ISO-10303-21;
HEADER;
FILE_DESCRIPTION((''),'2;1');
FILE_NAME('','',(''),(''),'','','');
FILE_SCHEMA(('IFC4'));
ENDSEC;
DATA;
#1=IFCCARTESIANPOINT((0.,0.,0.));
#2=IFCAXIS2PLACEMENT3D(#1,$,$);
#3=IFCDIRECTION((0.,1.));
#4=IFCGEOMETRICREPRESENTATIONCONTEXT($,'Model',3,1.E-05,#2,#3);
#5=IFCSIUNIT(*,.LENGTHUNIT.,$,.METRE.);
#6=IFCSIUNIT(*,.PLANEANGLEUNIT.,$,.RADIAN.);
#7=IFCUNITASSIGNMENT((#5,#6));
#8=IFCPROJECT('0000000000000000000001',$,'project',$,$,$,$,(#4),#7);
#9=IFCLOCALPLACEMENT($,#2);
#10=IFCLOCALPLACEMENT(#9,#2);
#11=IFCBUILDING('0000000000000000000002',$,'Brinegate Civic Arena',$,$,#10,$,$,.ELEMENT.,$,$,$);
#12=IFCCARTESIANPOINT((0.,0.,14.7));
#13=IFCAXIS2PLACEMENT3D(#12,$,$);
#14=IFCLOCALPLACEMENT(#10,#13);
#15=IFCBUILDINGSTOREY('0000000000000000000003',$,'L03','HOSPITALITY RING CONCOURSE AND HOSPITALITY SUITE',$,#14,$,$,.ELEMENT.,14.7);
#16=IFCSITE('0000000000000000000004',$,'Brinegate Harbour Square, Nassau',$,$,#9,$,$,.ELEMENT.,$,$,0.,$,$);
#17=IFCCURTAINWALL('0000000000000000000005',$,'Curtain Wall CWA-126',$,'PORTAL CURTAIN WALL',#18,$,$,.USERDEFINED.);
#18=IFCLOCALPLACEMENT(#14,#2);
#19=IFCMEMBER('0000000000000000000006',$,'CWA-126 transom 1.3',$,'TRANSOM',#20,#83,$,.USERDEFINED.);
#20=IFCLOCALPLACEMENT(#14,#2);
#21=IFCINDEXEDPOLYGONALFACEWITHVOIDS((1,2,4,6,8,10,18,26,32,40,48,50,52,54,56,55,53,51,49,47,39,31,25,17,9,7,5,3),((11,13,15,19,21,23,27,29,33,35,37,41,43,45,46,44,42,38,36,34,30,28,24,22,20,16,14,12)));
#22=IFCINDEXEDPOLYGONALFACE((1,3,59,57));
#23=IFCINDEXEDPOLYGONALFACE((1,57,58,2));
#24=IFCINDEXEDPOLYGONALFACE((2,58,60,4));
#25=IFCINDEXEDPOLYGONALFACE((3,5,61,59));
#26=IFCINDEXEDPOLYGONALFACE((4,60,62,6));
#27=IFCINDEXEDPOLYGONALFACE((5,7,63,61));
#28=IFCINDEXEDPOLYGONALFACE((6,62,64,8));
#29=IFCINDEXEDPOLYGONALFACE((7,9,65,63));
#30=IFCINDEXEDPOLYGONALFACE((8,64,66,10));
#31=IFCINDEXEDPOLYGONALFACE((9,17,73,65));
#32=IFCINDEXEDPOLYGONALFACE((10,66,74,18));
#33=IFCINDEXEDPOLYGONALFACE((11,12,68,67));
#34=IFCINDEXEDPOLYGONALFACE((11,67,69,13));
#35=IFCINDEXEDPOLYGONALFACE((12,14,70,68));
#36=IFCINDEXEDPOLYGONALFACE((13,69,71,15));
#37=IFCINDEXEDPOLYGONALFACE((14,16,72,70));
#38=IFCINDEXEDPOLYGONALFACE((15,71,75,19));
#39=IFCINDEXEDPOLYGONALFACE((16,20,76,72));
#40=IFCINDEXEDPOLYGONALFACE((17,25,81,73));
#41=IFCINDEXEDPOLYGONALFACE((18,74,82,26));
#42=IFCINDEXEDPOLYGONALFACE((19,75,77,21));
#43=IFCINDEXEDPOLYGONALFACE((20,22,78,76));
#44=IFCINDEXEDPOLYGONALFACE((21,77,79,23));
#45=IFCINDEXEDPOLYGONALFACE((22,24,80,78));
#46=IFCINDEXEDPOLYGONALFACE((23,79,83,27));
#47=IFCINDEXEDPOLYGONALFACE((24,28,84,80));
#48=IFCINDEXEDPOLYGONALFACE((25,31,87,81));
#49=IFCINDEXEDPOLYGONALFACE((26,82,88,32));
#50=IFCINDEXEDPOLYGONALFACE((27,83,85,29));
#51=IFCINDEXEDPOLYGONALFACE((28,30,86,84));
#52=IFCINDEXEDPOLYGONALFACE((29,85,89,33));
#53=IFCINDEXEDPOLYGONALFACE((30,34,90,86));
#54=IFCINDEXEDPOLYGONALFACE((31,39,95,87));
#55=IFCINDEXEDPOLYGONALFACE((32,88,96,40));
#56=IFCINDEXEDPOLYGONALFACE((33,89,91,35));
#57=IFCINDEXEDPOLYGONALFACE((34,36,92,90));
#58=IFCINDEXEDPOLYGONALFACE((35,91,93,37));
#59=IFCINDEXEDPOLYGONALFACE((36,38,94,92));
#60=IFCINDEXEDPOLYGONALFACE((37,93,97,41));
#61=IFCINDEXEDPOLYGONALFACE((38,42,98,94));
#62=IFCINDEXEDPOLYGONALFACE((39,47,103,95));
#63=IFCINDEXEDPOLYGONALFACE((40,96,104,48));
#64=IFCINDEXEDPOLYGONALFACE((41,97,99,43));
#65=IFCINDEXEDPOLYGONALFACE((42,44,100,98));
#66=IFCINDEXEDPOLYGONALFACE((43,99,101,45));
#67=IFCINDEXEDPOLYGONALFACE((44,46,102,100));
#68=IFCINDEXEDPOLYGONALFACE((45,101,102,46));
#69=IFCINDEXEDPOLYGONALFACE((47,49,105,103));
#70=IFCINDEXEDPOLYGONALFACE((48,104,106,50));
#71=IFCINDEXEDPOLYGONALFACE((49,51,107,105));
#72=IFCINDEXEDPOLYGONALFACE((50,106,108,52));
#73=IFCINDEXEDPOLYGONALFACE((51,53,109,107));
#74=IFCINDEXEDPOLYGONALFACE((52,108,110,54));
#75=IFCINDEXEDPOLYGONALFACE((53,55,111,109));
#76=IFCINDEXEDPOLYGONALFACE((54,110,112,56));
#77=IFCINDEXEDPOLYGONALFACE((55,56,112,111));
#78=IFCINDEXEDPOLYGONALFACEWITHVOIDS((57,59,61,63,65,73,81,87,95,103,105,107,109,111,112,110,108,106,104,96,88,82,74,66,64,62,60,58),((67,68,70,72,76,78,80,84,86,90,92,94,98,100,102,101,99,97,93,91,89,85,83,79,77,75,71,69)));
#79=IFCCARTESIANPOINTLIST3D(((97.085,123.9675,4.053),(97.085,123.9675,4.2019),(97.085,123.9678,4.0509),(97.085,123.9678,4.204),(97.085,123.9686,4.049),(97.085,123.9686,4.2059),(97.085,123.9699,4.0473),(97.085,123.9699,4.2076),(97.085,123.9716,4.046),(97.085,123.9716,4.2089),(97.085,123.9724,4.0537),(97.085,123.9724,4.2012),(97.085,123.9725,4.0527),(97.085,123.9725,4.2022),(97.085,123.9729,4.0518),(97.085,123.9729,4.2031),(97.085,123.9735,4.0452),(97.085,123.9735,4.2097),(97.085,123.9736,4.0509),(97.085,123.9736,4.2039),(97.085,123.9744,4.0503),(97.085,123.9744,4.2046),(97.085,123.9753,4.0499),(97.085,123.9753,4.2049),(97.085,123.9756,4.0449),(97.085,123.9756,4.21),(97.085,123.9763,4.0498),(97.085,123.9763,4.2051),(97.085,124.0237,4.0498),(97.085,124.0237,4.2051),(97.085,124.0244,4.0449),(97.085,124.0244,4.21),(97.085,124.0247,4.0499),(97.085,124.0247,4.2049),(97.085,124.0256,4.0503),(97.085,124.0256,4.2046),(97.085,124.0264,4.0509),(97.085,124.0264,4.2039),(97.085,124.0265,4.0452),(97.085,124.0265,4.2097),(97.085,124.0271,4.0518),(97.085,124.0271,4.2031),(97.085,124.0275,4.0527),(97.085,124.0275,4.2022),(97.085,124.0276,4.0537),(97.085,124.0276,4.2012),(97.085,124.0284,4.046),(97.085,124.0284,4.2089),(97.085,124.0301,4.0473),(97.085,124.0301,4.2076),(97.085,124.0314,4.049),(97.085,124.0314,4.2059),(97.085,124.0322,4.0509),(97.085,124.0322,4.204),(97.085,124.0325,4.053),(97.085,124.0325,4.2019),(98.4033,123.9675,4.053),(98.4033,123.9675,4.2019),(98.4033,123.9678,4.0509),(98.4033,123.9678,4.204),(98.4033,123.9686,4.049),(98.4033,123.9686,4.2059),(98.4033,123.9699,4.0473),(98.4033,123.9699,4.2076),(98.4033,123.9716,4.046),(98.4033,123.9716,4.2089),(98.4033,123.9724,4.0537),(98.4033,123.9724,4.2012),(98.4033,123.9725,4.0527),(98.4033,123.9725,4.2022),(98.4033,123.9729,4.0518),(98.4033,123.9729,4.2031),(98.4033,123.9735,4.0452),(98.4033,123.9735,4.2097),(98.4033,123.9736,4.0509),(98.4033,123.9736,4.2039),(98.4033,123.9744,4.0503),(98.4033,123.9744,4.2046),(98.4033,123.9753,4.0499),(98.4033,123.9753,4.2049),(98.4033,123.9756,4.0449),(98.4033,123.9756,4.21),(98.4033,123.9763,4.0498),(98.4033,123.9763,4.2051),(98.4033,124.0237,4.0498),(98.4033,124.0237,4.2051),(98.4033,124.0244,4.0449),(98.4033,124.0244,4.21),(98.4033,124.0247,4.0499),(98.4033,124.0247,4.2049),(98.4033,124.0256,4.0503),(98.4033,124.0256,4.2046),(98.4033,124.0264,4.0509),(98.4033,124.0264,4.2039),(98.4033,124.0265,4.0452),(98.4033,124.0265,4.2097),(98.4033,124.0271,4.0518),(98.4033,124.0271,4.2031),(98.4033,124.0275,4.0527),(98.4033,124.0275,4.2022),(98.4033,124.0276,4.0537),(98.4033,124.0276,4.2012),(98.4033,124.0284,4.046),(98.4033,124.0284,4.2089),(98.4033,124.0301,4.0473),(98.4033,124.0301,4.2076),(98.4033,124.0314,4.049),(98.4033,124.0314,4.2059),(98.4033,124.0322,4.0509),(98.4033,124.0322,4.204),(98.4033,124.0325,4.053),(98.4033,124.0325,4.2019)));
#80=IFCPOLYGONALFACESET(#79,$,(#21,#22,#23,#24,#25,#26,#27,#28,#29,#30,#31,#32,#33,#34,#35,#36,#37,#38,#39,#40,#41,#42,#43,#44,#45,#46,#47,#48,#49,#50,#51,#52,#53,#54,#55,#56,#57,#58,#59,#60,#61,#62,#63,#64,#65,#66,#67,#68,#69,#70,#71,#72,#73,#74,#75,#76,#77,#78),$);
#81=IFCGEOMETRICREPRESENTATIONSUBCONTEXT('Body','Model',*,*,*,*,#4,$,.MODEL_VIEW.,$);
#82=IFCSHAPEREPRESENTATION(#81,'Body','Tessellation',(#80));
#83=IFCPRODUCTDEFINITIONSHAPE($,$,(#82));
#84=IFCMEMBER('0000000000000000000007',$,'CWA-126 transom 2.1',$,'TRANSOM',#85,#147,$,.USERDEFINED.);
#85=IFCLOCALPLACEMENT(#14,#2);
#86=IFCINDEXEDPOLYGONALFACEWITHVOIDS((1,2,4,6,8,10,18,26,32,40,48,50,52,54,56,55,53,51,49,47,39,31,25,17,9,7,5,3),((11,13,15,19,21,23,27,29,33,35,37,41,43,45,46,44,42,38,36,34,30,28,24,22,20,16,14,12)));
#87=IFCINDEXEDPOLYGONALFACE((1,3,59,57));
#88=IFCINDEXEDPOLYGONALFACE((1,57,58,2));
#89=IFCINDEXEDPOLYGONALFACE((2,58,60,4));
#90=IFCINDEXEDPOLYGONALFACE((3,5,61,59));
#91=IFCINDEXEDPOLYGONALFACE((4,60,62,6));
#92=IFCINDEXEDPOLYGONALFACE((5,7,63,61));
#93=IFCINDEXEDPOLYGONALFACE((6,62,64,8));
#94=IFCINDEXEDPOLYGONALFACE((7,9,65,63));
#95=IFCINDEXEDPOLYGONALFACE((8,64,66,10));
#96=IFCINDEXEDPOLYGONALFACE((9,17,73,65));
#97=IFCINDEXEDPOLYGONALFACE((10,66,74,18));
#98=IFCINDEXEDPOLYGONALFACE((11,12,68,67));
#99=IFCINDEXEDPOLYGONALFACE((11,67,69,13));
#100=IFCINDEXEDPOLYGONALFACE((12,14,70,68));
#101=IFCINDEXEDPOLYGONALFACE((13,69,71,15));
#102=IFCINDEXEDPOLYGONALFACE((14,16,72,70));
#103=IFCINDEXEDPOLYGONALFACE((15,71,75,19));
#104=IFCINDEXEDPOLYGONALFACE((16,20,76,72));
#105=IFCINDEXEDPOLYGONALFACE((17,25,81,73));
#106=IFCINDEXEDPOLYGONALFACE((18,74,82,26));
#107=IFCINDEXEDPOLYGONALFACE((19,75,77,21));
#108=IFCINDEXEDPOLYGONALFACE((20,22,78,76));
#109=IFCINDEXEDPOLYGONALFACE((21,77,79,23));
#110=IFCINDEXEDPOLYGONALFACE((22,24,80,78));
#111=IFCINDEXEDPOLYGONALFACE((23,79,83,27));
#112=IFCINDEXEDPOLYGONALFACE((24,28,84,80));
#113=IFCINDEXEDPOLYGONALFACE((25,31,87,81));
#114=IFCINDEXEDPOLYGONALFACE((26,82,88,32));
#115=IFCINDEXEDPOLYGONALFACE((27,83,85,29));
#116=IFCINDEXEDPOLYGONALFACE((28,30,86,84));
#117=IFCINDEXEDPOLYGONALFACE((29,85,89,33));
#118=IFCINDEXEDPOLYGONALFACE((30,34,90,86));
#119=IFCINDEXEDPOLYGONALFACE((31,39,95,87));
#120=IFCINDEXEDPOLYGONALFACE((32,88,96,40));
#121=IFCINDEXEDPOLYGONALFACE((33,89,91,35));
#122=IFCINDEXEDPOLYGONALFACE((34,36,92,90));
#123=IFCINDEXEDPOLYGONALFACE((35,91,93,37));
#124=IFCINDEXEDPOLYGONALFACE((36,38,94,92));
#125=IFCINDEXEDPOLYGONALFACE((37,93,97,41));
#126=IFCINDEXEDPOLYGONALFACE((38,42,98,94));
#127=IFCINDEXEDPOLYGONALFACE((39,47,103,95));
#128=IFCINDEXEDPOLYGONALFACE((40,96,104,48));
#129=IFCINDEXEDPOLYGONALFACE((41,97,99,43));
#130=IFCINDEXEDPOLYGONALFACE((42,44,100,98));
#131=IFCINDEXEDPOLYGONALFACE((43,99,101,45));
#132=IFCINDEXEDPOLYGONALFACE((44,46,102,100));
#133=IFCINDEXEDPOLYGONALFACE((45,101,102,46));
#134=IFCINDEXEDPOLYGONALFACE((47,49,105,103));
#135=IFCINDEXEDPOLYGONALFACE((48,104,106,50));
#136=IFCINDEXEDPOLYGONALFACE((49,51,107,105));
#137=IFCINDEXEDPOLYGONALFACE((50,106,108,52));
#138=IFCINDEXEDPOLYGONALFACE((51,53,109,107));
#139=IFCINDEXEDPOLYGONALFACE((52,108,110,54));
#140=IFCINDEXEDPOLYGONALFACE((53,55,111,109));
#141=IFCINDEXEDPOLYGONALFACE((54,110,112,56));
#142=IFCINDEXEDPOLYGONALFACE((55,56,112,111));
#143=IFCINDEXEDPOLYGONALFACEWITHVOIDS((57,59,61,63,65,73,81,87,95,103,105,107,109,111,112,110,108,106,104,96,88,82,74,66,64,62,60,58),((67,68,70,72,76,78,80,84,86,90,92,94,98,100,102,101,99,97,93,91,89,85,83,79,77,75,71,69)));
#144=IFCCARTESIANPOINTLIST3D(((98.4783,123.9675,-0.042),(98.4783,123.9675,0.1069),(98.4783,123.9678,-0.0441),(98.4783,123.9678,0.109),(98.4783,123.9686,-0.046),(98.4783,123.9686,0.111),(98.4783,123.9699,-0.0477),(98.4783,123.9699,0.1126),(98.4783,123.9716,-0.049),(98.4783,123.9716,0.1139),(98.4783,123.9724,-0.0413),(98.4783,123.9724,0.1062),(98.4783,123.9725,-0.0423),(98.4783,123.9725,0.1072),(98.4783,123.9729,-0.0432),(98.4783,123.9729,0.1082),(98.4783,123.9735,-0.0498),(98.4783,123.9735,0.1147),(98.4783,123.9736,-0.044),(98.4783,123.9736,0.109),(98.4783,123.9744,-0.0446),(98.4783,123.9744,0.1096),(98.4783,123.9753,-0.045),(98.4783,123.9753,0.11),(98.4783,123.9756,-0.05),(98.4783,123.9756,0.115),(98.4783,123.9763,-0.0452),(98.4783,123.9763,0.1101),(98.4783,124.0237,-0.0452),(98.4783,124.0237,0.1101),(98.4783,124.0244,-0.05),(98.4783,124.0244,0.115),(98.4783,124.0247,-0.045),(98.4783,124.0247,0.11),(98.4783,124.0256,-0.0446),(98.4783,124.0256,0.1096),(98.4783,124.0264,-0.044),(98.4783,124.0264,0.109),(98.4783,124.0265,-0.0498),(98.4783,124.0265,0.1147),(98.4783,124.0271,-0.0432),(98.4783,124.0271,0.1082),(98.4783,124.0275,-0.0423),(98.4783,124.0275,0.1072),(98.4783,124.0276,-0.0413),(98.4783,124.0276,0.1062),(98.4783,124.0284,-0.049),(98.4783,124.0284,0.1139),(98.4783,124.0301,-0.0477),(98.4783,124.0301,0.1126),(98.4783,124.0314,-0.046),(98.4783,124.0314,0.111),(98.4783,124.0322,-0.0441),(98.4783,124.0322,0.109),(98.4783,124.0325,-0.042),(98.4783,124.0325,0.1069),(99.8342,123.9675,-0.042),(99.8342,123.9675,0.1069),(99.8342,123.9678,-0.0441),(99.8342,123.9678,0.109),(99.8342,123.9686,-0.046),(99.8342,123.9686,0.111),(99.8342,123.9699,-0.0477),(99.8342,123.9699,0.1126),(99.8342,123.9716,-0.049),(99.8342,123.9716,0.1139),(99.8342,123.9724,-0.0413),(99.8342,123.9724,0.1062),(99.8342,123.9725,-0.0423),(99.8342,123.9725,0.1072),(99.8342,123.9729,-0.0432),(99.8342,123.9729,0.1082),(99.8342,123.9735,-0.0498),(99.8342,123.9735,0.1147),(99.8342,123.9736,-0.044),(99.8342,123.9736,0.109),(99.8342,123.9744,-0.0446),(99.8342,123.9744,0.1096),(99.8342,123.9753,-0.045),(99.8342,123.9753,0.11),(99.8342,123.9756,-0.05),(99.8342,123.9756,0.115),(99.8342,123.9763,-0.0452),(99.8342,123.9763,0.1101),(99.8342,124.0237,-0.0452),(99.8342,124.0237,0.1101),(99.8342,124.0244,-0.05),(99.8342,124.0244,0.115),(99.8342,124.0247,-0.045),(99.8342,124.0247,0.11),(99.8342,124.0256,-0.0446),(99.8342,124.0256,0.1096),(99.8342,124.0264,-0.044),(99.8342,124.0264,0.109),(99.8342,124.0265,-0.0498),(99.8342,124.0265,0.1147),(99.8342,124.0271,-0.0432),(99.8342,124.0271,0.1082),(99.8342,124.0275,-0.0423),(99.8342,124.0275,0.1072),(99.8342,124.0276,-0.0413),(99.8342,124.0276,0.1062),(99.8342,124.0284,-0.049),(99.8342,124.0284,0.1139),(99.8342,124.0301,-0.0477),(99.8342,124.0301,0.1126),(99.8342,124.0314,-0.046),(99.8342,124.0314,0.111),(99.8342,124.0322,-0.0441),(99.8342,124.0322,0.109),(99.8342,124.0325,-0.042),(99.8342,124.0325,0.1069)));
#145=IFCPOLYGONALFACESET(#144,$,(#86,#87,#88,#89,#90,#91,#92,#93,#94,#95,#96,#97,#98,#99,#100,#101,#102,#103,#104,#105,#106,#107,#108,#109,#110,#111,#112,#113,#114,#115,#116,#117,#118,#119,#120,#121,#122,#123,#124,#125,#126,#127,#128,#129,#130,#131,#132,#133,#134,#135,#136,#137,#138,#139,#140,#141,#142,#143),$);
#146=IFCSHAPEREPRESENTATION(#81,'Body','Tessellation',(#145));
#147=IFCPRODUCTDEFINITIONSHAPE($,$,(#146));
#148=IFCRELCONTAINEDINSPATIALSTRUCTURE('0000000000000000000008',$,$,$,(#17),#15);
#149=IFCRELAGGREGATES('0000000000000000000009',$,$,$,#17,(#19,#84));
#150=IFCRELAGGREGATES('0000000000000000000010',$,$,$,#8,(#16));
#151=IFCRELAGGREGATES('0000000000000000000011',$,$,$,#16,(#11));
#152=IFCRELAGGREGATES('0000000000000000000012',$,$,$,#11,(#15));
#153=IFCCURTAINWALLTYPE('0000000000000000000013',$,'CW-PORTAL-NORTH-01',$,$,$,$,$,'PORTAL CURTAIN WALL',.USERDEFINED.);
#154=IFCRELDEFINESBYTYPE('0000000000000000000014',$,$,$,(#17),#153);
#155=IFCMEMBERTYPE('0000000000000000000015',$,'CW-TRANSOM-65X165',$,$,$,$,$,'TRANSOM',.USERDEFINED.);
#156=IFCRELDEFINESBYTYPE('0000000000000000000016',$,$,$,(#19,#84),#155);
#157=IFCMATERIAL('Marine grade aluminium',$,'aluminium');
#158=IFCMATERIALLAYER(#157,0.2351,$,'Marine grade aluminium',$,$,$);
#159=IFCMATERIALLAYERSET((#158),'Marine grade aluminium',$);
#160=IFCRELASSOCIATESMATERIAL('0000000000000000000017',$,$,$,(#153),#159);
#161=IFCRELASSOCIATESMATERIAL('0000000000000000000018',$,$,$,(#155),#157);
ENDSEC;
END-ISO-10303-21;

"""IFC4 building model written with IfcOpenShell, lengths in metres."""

from ifc_helpers import new_model, si_unit, direction, frame, origin, origin_2d, place, context, subcontext, project, spatial, hollow_rectangle, extrude, material, layer, layer_set, material_profile, profile_set, type_object, element, aggregate, save


model = new_model("IFC4")

# Units and contexts
model_context = context("Model", 3, precision=1e-05, world=origin(), true_north=direction((0.0, 1.0)))
body_context = subcontext(model_context, "Body", "Model", "MODEL_VIEW")
ifc_project = project(units=[si_unit("LENGTHUNIT", "METRE"), si_unit("PLANEANGLEUNIT", "RADIAN")], contexts=[model_context])

# Site, building, storey
site_placement = place(None, origin())
site = spatial("IfcSite", under=ifc_project, at=site_placement, Name="Brinegate Harbour Square, Nassau", CompositionType="ELEMENT", RefElevation=0.0)
building_placement = place(site_placement, origin())
building = spatial("IfcBuilding", under=site, at=building_placement, Name="Brinegate Civic Arena", CompositionType="ELEMENT")
storey_placement = place(building_placement, frame((0.0, 0.0, 14.7)))
storey = spatial("IfcBuildingStorey", under=building, at=storey_placement, Name="L03", Description="HOSPITALITY RING CONCOURSE AND HOSPITALITY SUITE", CompositionType="ELEMENT", Elevation=14.7)

# Curtain wall, members
ifc_material_1 = material(Name="Marine grade aluminium", Category="aluminium")
ifc_layer_1 = layer(ifc_material_1, 0.2351, Name="Marine grade aluminium")
ifc_layer_set_1 = layer_set([ifc_layer_1], Name="Marine grade aluminium")
curtain_wall_type = type_object("IfcCurtainWallType", Name="CW-PORTAL-NORTH-01", ElementType="PORTAL CURTAIN WALL", PredefinedType="USERDEFINED", material=ifc_layer_set_1)
curtain_wall_placement = place(storey_placement, origin())
curtain_wall = element("IfcCurtainWall", 1, at=curtain_wall_placement, inside=storey, type_object=curtain_wall_type, Name="Curtain Wall CWA-126", ObjectType="PORTAL CURTAIN WALL", PredefinedType="USERDEFINED")
ifc_material_profile_1 = material_profile(ifc_material_1, hollow_rectangle(XDim=0.0649, YDim=0.165, WallThickness=0.0049, InnerFilletRadius=0.0039, OuterFilletRadius=0.0081, at=origin_2d()), Name="TRN65X165")
ifc_profile_set_1 = profile_set([ifc_material_profile_1], Name="Marine grade aluminium")
member_type_1 = type_object("IfcMemberType", Name="CW-TRANSOM-65X165", ElementType="TRANSOM", PredefinedType="USERDEFINED", material=ifc_profile_set_1)
member_1_placement = place(storey_placement, frame((97.085, 124.0, 4.1274), z_axis=(1.0, 0.0, 0.0), x_axis=(0.0, 1.0, 0.0)))
member_1 = element("IfcMember", 2, at=member_1_placement, type_object=member_type_1, Name="CWA-126 transom 1.3", ObjectType="TRANSOM", PredefinedType="USERDEFINED", context=body_context, shape_type="SweptSolid", body=[
    extrude(hollow_rectangle(XDim=0.0649, YDim=0.165, WallThickness=0.0049, InnerFilletRadius=0.0039, OuterFilletRadius=0.0081, at=origin_2d()), origin(), (0.0, 0.0, 1.0), 1.3184),
])
member_2_placement = place(storey_placement, frame((98.4783, 124.0, 0.0325), z_axis=(1.0, 0.0, 0.0), x_axis=(0.0, 1.0, 0.0)))
member_2 = element("IfcMember", 3, at=member_2_placement, type_object=member_type_1, Name="CWA-126 transom 2.1", ObjectType="TRANSOM", PredefinedType="USERDEFINED", context=body_context, shape_type="SweptSolid", body=[
    extrude(hollow_rectangle(XDim=0.0649, YDim=0.165, WallThickness=0.0049, InnerFilletRadius=0.0039, OuterFilletRadius=0.0081, at=origin_2d()), origin(), (0.0, 0.0, 1.0), 1.356),
])
aggregate(curtain_wall, [member_1, member_2])

save(model, "model.ifc")
